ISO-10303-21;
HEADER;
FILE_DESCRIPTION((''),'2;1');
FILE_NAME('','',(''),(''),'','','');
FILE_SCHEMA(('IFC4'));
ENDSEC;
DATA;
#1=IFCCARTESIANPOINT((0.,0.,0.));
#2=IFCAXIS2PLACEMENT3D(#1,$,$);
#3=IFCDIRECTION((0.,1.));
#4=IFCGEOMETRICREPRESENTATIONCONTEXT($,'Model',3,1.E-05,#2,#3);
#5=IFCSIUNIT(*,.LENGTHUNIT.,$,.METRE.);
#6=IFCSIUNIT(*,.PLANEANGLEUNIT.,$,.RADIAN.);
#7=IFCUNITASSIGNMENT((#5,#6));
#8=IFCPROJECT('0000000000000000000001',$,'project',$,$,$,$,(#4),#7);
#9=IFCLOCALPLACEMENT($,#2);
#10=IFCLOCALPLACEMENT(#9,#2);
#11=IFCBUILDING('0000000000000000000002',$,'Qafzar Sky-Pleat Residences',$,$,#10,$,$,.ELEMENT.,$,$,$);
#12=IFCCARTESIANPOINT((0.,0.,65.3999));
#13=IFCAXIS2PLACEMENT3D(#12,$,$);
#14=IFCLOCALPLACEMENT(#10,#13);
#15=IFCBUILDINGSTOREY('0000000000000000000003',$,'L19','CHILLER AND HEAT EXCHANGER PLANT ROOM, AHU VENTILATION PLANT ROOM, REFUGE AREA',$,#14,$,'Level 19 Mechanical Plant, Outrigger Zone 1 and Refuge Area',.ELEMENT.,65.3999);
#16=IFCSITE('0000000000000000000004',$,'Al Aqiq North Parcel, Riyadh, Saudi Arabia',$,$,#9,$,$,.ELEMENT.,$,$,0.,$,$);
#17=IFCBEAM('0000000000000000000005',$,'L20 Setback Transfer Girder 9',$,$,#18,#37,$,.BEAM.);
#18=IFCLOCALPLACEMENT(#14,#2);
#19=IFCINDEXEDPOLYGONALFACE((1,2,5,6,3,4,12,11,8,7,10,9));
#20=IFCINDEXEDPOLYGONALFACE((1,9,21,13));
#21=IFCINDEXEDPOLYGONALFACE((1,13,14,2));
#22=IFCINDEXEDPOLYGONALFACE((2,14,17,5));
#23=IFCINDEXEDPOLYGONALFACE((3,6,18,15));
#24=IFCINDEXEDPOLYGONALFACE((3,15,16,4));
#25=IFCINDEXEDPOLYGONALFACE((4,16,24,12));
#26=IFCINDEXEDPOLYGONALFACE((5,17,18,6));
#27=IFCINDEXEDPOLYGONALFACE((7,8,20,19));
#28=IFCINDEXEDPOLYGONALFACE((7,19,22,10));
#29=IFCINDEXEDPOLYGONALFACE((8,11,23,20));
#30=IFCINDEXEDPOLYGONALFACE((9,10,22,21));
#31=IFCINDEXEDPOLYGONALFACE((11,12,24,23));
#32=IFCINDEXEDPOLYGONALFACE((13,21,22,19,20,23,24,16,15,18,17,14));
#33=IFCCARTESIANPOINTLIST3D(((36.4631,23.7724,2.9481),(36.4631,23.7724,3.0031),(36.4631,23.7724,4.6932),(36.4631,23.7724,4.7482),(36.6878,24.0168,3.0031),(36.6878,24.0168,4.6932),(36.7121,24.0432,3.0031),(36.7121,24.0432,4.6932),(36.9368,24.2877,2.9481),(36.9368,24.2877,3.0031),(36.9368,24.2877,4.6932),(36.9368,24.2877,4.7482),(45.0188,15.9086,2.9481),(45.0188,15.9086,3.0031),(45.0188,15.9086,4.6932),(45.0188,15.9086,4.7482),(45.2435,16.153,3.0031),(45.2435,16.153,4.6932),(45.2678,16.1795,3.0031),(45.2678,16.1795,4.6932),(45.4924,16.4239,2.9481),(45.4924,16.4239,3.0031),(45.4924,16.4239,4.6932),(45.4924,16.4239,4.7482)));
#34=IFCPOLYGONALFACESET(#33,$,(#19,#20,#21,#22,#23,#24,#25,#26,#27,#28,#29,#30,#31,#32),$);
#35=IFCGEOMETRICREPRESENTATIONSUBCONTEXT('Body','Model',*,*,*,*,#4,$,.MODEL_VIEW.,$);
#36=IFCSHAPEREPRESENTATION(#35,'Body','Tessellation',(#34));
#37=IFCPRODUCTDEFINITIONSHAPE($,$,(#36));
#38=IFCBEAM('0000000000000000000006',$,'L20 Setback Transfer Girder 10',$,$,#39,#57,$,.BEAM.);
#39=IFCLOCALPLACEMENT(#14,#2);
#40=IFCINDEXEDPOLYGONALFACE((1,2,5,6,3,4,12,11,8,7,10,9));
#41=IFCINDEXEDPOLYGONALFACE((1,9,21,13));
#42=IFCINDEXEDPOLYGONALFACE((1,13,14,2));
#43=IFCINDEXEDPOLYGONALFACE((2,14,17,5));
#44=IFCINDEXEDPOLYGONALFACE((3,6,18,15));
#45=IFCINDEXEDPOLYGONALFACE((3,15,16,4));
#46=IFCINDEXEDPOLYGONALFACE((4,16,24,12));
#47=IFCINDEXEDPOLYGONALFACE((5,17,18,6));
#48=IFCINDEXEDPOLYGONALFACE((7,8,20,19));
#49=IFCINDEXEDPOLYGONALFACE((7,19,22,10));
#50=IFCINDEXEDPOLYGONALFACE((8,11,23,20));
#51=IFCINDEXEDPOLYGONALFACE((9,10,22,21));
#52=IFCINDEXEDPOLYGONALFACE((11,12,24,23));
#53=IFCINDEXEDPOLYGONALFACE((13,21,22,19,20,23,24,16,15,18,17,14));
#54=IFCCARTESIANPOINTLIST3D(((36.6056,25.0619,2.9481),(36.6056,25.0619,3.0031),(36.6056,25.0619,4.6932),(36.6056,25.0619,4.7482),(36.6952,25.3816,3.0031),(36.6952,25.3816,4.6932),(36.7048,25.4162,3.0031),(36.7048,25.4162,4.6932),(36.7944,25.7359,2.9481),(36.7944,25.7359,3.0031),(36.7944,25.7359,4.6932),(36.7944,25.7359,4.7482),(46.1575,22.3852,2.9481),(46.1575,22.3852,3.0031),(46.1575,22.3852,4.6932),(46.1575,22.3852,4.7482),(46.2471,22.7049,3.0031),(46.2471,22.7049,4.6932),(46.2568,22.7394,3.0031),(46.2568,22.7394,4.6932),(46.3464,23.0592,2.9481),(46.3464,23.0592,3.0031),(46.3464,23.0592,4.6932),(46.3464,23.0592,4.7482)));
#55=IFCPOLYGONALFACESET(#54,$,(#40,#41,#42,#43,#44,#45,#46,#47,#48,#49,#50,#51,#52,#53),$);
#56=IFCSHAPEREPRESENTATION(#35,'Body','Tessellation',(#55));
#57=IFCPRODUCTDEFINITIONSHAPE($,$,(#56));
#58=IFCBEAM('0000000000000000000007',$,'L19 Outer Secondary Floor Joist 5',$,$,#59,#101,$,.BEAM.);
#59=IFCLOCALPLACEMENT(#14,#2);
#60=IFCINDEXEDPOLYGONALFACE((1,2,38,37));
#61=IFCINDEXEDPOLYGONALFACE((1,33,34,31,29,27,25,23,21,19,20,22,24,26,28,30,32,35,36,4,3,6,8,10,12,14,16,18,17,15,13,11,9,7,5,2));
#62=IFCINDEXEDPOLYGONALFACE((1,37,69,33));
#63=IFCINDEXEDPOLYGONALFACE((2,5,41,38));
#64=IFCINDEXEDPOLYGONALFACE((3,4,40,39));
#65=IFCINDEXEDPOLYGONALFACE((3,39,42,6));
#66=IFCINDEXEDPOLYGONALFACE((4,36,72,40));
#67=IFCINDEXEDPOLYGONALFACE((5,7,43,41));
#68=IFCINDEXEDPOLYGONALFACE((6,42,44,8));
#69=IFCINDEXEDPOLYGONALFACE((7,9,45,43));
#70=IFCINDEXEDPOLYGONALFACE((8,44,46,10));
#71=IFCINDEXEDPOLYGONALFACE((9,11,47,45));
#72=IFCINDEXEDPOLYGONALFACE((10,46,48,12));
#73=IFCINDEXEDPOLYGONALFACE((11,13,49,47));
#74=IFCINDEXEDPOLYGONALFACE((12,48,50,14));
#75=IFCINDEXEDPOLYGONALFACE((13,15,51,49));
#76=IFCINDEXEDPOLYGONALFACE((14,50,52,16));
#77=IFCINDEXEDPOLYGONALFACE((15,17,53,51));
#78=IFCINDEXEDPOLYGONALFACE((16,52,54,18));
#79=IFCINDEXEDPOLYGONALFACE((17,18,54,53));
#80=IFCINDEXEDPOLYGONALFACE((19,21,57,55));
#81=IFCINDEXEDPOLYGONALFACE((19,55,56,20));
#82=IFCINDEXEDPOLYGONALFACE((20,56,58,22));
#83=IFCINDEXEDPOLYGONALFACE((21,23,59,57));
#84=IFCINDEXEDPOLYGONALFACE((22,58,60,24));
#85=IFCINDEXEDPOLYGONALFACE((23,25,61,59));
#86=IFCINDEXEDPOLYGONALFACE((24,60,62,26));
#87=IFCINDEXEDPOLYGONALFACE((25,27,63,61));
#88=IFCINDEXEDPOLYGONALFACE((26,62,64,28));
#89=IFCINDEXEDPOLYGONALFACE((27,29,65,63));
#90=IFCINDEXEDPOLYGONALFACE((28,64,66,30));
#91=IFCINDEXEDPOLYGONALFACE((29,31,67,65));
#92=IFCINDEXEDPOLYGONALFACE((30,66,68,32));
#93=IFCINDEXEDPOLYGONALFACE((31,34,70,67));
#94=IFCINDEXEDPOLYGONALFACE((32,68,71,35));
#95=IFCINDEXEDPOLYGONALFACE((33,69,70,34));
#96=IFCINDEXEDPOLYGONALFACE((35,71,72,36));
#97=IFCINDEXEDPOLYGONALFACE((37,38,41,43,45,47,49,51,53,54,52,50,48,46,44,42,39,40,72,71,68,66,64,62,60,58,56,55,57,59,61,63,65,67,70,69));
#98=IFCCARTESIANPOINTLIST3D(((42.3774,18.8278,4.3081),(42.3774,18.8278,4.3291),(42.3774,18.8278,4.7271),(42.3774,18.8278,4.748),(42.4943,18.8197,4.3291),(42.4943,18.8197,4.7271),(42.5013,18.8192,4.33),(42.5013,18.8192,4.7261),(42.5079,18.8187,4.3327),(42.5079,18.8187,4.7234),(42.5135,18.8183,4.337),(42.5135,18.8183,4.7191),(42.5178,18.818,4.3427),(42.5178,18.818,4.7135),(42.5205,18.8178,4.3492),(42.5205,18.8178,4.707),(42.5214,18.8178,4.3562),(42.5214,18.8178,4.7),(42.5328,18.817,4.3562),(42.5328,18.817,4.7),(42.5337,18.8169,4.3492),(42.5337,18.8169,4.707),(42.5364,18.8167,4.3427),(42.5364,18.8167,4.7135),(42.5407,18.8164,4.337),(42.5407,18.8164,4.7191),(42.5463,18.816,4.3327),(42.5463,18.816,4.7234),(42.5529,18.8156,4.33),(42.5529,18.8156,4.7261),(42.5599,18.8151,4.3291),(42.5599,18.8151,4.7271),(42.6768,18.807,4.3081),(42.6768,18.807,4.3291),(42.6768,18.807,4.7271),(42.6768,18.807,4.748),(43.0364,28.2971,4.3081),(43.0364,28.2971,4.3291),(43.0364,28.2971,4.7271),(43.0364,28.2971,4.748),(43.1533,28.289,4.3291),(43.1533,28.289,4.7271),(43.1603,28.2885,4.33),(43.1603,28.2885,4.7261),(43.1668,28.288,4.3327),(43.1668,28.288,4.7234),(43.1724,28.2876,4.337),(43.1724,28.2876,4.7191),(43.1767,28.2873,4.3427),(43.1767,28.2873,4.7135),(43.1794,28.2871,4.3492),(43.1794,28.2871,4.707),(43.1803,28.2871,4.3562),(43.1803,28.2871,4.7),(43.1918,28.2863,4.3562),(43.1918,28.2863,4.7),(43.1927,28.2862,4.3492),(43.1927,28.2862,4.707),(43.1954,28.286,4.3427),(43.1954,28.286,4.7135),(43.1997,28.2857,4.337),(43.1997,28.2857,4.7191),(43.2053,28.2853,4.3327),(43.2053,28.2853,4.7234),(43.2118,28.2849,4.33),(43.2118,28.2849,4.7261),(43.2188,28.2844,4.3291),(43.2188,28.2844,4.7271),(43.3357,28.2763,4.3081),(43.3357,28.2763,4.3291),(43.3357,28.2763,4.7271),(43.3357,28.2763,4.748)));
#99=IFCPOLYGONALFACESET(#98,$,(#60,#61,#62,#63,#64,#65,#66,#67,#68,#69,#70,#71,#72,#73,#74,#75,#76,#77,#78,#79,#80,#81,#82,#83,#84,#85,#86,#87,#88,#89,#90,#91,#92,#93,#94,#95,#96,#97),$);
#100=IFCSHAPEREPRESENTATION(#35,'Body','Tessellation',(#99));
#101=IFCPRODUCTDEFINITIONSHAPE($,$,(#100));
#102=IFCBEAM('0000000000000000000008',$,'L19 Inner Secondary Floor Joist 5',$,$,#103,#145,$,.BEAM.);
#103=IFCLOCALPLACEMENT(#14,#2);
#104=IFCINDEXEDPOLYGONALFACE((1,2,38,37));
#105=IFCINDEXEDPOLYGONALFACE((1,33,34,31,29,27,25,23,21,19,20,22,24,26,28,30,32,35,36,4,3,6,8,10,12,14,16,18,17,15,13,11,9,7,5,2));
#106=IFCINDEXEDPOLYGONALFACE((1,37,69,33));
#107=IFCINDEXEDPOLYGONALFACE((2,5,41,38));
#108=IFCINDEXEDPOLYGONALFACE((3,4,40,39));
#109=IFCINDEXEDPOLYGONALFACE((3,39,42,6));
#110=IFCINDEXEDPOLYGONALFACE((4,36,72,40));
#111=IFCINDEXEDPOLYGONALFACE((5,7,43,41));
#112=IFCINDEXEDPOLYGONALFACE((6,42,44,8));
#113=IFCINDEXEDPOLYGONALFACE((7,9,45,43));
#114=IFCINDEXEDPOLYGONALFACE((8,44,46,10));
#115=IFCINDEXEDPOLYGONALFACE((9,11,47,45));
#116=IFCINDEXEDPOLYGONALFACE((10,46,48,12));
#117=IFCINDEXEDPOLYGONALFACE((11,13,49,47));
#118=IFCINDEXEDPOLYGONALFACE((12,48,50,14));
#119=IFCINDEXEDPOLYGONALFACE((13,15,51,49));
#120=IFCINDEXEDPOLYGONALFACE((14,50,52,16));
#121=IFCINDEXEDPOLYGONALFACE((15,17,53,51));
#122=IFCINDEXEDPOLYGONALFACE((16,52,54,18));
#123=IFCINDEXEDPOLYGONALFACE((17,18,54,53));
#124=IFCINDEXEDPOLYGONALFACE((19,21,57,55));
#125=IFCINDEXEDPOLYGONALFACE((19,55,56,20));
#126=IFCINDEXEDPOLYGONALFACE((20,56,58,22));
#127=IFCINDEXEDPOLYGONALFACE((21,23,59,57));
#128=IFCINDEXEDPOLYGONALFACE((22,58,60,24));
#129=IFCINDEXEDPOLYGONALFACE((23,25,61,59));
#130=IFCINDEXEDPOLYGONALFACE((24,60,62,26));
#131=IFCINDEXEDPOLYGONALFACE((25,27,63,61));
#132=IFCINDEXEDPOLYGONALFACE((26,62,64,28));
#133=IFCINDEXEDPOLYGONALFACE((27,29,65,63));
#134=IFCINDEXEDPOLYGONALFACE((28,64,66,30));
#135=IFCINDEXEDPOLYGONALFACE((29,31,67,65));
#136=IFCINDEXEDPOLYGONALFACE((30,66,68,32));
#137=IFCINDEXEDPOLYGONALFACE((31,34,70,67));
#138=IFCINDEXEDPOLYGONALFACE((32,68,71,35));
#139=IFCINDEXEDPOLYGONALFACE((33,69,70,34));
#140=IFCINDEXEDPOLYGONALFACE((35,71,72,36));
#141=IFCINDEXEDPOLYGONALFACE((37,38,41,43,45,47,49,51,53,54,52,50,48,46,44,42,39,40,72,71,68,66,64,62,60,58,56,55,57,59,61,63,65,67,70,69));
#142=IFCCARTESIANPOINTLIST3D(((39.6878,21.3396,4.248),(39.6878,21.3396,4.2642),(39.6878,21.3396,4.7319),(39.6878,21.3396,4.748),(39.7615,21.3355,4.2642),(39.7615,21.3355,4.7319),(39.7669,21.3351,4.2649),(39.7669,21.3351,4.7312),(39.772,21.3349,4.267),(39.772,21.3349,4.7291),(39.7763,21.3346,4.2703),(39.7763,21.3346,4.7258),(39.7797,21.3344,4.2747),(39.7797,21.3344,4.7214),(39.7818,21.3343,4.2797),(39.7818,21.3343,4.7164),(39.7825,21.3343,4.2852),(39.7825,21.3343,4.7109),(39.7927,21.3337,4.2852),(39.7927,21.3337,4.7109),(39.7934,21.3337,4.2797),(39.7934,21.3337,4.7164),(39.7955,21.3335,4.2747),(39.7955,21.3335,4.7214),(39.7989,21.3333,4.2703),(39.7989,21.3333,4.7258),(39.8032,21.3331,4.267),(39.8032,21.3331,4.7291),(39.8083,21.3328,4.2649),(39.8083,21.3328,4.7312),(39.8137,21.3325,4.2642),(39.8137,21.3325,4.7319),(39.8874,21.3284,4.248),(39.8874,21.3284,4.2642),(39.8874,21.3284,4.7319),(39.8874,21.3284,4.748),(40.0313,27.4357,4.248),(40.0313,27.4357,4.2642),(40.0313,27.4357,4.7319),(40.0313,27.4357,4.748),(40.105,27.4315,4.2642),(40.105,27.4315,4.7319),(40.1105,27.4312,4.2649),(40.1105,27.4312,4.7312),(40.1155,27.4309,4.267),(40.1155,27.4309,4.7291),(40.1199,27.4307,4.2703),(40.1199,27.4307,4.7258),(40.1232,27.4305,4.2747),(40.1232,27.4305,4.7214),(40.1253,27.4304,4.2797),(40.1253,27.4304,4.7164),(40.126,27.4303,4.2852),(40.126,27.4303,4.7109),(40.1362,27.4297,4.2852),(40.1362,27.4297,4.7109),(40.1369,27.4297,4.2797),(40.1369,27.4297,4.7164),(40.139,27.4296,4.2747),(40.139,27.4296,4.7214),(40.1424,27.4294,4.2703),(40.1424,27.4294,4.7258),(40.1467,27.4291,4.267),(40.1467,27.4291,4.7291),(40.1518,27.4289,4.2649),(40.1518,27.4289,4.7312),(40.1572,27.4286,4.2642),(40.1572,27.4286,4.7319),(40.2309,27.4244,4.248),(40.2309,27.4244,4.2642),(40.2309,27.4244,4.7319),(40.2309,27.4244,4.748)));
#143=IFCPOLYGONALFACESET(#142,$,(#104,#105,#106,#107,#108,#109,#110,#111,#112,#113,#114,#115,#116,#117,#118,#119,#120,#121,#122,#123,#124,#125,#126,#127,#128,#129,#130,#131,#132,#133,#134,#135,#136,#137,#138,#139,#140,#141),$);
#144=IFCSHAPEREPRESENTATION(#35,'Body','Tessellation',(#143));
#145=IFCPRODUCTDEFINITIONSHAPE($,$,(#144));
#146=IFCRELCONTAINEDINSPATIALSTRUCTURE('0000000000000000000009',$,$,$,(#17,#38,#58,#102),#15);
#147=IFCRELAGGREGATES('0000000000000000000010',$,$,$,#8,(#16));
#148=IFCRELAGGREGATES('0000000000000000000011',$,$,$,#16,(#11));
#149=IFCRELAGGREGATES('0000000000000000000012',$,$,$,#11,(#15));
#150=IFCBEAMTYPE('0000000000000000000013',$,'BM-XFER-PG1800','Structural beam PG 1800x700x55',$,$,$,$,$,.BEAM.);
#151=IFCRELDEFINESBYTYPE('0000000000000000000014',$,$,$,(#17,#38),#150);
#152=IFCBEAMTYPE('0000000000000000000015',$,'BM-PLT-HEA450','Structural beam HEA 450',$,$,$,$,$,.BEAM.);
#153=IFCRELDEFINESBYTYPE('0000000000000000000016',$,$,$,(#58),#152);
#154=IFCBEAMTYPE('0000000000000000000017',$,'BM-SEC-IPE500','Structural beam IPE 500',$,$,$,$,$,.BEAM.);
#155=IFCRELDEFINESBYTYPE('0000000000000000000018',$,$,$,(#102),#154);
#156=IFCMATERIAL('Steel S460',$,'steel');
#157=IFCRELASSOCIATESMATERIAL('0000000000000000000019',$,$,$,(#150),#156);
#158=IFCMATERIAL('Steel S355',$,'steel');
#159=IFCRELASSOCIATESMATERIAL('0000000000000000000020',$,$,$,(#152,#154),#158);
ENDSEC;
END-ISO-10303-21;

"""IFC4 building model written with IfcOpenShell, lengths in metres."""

from ifc_helpers import new_model, si_unit, direction, frame, origin, origin_2d, place, context, subcontext, project, spatial, i_section, extrude, source, transform, mapped, material, material_profile, profile_set, type_object, element, save


model = new_model("IFC4")

# Units and contexts
model_context = context("Model", 3, precision=1e-05, world=origin(), true_north=direction((0.0, 1.0)))
body_context = subcontext(model_context, "Body", "Model", "MODEL_VIEW")
ifc_project = project(units=[si_unit("LENGTHUNIT", "METRE"), si_unit("PLANEANGLEUNIT", "RADIAN")], contexts=[model_context])

# Site, building, storey
site_placement = place(None, origin())
site = spatial("IfcSite", under=ifc_project, at=site_placement, Name="Al Aqiq North Parcel, Riyadh, Saudi Arabia", CompositionType="ELEMENT", RefElevation=0.0)
building_placement = place(site_placement, origin())
building = spatial("IfcBuilding", under=site, at=building_placement, Name="Qafzar Sky-Pleat Residences", CompositionType="ELEMENT")
storey_placement = place(building_placement, frame((0.0, 0.0, 65.3999)))
storey = spatial("IfcBuildingStorey", under=building, at=storey_placement, Name="L19", Description="CHILLER AND HEAT EXCHANGER PLANT ROOM, AHU VENTILATION PLANT ROOM, REFUGE AREA", LongName="Level 19 Mechanical Plant, Outrigger Zone 1 and Refuge Area", CompositionType="ELEMENT", Elevation=65.3999)

# Shared definitions
ifc_material_1 = material(Name="Steel S460", Category="steel")

# Beams
ifc_material_2 = material(Name="Steel S355", Category="steel")
ifc_material_profile_1 = material_profile(ifc_material_1, i_section(OverallWidth=0.7, OverallDepth=1.8, WebThickness=0.0359, FlangeThickness=0.0549, at=origin_2d()), Name="PG 1800x700x55")
ifc_profile_set_1 = profile_set([ifc_material_profile_1], Name="Steel S460")
beam_type_1 = type_object("IfcBeamType", Name="BM-XFER-PG1800", Description="Structural beam PG 1800x700x55", PredefinedType="BEAM", material=ifc_profile_set_1)
shared_shape_1 = source(origin(), body_context, "Body", "SweptSolid", [
    extrude(i_section(OverallWidth=0.7, OverallDepth=1.8, WebThickness=0.0359, FlangeThickness=0.0549, at=origin_2d()), origin(), (0.0, 0.0, 1.0), 11.6206),
])
beam_1_placement = place(storey_placement, frame((45.2556, 16.1663, 3.8481), z_axis=(-0.73625, 0.67671, 0.0), x_axis=(-0.67671, -0.73625, 0.0)))
element("IfcBeam", 1, at=beam_1_placement, inside=storey, type_object=beam_type_1, Name="L20 Setback Transfer Girder 9", PredefinedType="BEAM", context=body_context, shape_type="MappedRepresentation", body=[
    mapped(shared_shape_1, transform((0.0, 0.0, 0.0), x_axis=(1.0, 0.0, 0.0), y_axis=(0.0, 1.0, 0.0), z_axis=(0.0, 0.0, 1.0), scale=1.0)),
])
shared_shape_2 = source(origin(), body_context, "Body", "SweptSolid", [
    extrude(i_section(OverallWidth=0.7, OverallDepth=1.8, WebThickness=0.0359, FlangeThickness=0.0549, at=origin_2d()), origin(), (0.0, 0.0, 1.0), 9.9199),
])
beam_2_placement = place(storey_placement, frame((46.252, 22.7222, 3.8481), z_axis=(-0.962906, 0.269835, 0.0), x_axis=(-0.269835, -0.962906, 0.0)))
element("IfcBeam", 2, at=beam_2_placement, inside=storey, type_object=beam_type_1, Name="L20 Setback Transfer Girder 10", PredefinedType="BEAM", context=body_context, shape_type="MappedRepresentation", body=[
    mapped(shared_shape_2, transform((0.0, 0.0, 0.0), x_axis=(1.0, 0.0, 0.0), y_axis=(0.0, 1.0, 0.0), z_axis=(0.0, 0.0, 1.0), scale=1.0)),
])
ifc_material_profile_2 = material_profile(ifc_material_2, i_section(OverallWidth=0.3, OverallDepth=0.4399, WebThickness=0.0115, FlangeThickness=0.021, FilletRadius=0.0271, at=origin_2d()), Name="HEA 450")
ifc_profile_set_2 = profile_set([ifc_material_profile_2], Name="Steel S355")
beam_type_2 = type_object("IfcBeamType", Name="BM-PLT-HEA450", Description="Structural beam HEA 450", PredefinedType="BEAM", material=ifc_profile_set_2)
shared_shape_3 = source(origin(), body_context, "Body", "SweptSolid", [
    extrude(i_section(OverallWidth=0.3, OverallDepth=0.4399, WebThickness=0.0115, FlangeThickness=0.021, FilletRadius=0.0271, at=origin_2d()), origin(), (0.0, 0.0, 1.0), 9.4922),
])
beam_3_placement = place(storey_placement, frame((42.5271, 18.8174, 4.5281), z_axis=(0.069419, 0.997588, 0.0), x_axis=(-0.997588, 0.069419, 0.0)))
element("IfcBeam", 3, at=beam_3_placement, inside=storey, type_object=beam_type_2, Name="L19 Outer Secondary Floor Joist 5", PredefinedType="BEAM", context=body_context, shape_type="MappedRepresentation", body=[
    mapped(shared_shape_3, transform((0.0, 0.0, 0.0), x_axis=(1.0, 0.0, 0.0), y_axis=(0.0, 1.0, 0.0), z_axis=(0.0, 0.0, 1.0), scale=1.0)),
])
ifc_material_profile_3 = material_profile(ifc_material_2, i_section(OverallWidth=0.2, OverallDepth=0.5, WebThickness=0.0103, FlangeThickness=0.0161, FilletRadius=0.021, at=origin_2d()), Name="IPE 500")
ifc_profile_set_3 = profile_set([ifc_material_profile_3], Name="Steel S355")
beam_type_3 = type_object("IfcBeamType", Name="BM-SEC-IPE500", Description="Structural beam IPE 500", PredefinedType="BEAM", material=ifc_profile_set_3)
shared_shape_4 = source(origin(), body_context, "Body", "SweptSolid", [
    extrude(i_section(OverallWidth=0.2, OverallDepth=0.5, WebThickness=0.0103, FlangeThickness=0.0161, FilletRadius=0.021, at=origin_2d()), origin(), (0.0, 0.0, 1.0), 6.1057),
])
beam_4_placement = place(storey_placement, frame((39.7876, 21.334, 4.498), z_axis=(0.056261, 0.998416, 0.0), x_axis=(-0.998416, 0.056261, 0.0)))
element("IfcBeam", 4, at=beam_4_placement, inside=storey, type_object=beam_type_3, Name="L19 Inner Secondary Floor Joist 5", PredefinedType="BEAM", context=body_context, shape_type="MappedRepresentation", body=[
    mapped(shared_shape_4, transform((0.0, 0.0, 0.0), x_axis=(1.0, 0.0, 0.0), y_axis=(0.0, 1.0, 0.0), z_axis=(0.0, 0.0, 1.0), scale=1.0)),
])

save(model, "model.ifc")
